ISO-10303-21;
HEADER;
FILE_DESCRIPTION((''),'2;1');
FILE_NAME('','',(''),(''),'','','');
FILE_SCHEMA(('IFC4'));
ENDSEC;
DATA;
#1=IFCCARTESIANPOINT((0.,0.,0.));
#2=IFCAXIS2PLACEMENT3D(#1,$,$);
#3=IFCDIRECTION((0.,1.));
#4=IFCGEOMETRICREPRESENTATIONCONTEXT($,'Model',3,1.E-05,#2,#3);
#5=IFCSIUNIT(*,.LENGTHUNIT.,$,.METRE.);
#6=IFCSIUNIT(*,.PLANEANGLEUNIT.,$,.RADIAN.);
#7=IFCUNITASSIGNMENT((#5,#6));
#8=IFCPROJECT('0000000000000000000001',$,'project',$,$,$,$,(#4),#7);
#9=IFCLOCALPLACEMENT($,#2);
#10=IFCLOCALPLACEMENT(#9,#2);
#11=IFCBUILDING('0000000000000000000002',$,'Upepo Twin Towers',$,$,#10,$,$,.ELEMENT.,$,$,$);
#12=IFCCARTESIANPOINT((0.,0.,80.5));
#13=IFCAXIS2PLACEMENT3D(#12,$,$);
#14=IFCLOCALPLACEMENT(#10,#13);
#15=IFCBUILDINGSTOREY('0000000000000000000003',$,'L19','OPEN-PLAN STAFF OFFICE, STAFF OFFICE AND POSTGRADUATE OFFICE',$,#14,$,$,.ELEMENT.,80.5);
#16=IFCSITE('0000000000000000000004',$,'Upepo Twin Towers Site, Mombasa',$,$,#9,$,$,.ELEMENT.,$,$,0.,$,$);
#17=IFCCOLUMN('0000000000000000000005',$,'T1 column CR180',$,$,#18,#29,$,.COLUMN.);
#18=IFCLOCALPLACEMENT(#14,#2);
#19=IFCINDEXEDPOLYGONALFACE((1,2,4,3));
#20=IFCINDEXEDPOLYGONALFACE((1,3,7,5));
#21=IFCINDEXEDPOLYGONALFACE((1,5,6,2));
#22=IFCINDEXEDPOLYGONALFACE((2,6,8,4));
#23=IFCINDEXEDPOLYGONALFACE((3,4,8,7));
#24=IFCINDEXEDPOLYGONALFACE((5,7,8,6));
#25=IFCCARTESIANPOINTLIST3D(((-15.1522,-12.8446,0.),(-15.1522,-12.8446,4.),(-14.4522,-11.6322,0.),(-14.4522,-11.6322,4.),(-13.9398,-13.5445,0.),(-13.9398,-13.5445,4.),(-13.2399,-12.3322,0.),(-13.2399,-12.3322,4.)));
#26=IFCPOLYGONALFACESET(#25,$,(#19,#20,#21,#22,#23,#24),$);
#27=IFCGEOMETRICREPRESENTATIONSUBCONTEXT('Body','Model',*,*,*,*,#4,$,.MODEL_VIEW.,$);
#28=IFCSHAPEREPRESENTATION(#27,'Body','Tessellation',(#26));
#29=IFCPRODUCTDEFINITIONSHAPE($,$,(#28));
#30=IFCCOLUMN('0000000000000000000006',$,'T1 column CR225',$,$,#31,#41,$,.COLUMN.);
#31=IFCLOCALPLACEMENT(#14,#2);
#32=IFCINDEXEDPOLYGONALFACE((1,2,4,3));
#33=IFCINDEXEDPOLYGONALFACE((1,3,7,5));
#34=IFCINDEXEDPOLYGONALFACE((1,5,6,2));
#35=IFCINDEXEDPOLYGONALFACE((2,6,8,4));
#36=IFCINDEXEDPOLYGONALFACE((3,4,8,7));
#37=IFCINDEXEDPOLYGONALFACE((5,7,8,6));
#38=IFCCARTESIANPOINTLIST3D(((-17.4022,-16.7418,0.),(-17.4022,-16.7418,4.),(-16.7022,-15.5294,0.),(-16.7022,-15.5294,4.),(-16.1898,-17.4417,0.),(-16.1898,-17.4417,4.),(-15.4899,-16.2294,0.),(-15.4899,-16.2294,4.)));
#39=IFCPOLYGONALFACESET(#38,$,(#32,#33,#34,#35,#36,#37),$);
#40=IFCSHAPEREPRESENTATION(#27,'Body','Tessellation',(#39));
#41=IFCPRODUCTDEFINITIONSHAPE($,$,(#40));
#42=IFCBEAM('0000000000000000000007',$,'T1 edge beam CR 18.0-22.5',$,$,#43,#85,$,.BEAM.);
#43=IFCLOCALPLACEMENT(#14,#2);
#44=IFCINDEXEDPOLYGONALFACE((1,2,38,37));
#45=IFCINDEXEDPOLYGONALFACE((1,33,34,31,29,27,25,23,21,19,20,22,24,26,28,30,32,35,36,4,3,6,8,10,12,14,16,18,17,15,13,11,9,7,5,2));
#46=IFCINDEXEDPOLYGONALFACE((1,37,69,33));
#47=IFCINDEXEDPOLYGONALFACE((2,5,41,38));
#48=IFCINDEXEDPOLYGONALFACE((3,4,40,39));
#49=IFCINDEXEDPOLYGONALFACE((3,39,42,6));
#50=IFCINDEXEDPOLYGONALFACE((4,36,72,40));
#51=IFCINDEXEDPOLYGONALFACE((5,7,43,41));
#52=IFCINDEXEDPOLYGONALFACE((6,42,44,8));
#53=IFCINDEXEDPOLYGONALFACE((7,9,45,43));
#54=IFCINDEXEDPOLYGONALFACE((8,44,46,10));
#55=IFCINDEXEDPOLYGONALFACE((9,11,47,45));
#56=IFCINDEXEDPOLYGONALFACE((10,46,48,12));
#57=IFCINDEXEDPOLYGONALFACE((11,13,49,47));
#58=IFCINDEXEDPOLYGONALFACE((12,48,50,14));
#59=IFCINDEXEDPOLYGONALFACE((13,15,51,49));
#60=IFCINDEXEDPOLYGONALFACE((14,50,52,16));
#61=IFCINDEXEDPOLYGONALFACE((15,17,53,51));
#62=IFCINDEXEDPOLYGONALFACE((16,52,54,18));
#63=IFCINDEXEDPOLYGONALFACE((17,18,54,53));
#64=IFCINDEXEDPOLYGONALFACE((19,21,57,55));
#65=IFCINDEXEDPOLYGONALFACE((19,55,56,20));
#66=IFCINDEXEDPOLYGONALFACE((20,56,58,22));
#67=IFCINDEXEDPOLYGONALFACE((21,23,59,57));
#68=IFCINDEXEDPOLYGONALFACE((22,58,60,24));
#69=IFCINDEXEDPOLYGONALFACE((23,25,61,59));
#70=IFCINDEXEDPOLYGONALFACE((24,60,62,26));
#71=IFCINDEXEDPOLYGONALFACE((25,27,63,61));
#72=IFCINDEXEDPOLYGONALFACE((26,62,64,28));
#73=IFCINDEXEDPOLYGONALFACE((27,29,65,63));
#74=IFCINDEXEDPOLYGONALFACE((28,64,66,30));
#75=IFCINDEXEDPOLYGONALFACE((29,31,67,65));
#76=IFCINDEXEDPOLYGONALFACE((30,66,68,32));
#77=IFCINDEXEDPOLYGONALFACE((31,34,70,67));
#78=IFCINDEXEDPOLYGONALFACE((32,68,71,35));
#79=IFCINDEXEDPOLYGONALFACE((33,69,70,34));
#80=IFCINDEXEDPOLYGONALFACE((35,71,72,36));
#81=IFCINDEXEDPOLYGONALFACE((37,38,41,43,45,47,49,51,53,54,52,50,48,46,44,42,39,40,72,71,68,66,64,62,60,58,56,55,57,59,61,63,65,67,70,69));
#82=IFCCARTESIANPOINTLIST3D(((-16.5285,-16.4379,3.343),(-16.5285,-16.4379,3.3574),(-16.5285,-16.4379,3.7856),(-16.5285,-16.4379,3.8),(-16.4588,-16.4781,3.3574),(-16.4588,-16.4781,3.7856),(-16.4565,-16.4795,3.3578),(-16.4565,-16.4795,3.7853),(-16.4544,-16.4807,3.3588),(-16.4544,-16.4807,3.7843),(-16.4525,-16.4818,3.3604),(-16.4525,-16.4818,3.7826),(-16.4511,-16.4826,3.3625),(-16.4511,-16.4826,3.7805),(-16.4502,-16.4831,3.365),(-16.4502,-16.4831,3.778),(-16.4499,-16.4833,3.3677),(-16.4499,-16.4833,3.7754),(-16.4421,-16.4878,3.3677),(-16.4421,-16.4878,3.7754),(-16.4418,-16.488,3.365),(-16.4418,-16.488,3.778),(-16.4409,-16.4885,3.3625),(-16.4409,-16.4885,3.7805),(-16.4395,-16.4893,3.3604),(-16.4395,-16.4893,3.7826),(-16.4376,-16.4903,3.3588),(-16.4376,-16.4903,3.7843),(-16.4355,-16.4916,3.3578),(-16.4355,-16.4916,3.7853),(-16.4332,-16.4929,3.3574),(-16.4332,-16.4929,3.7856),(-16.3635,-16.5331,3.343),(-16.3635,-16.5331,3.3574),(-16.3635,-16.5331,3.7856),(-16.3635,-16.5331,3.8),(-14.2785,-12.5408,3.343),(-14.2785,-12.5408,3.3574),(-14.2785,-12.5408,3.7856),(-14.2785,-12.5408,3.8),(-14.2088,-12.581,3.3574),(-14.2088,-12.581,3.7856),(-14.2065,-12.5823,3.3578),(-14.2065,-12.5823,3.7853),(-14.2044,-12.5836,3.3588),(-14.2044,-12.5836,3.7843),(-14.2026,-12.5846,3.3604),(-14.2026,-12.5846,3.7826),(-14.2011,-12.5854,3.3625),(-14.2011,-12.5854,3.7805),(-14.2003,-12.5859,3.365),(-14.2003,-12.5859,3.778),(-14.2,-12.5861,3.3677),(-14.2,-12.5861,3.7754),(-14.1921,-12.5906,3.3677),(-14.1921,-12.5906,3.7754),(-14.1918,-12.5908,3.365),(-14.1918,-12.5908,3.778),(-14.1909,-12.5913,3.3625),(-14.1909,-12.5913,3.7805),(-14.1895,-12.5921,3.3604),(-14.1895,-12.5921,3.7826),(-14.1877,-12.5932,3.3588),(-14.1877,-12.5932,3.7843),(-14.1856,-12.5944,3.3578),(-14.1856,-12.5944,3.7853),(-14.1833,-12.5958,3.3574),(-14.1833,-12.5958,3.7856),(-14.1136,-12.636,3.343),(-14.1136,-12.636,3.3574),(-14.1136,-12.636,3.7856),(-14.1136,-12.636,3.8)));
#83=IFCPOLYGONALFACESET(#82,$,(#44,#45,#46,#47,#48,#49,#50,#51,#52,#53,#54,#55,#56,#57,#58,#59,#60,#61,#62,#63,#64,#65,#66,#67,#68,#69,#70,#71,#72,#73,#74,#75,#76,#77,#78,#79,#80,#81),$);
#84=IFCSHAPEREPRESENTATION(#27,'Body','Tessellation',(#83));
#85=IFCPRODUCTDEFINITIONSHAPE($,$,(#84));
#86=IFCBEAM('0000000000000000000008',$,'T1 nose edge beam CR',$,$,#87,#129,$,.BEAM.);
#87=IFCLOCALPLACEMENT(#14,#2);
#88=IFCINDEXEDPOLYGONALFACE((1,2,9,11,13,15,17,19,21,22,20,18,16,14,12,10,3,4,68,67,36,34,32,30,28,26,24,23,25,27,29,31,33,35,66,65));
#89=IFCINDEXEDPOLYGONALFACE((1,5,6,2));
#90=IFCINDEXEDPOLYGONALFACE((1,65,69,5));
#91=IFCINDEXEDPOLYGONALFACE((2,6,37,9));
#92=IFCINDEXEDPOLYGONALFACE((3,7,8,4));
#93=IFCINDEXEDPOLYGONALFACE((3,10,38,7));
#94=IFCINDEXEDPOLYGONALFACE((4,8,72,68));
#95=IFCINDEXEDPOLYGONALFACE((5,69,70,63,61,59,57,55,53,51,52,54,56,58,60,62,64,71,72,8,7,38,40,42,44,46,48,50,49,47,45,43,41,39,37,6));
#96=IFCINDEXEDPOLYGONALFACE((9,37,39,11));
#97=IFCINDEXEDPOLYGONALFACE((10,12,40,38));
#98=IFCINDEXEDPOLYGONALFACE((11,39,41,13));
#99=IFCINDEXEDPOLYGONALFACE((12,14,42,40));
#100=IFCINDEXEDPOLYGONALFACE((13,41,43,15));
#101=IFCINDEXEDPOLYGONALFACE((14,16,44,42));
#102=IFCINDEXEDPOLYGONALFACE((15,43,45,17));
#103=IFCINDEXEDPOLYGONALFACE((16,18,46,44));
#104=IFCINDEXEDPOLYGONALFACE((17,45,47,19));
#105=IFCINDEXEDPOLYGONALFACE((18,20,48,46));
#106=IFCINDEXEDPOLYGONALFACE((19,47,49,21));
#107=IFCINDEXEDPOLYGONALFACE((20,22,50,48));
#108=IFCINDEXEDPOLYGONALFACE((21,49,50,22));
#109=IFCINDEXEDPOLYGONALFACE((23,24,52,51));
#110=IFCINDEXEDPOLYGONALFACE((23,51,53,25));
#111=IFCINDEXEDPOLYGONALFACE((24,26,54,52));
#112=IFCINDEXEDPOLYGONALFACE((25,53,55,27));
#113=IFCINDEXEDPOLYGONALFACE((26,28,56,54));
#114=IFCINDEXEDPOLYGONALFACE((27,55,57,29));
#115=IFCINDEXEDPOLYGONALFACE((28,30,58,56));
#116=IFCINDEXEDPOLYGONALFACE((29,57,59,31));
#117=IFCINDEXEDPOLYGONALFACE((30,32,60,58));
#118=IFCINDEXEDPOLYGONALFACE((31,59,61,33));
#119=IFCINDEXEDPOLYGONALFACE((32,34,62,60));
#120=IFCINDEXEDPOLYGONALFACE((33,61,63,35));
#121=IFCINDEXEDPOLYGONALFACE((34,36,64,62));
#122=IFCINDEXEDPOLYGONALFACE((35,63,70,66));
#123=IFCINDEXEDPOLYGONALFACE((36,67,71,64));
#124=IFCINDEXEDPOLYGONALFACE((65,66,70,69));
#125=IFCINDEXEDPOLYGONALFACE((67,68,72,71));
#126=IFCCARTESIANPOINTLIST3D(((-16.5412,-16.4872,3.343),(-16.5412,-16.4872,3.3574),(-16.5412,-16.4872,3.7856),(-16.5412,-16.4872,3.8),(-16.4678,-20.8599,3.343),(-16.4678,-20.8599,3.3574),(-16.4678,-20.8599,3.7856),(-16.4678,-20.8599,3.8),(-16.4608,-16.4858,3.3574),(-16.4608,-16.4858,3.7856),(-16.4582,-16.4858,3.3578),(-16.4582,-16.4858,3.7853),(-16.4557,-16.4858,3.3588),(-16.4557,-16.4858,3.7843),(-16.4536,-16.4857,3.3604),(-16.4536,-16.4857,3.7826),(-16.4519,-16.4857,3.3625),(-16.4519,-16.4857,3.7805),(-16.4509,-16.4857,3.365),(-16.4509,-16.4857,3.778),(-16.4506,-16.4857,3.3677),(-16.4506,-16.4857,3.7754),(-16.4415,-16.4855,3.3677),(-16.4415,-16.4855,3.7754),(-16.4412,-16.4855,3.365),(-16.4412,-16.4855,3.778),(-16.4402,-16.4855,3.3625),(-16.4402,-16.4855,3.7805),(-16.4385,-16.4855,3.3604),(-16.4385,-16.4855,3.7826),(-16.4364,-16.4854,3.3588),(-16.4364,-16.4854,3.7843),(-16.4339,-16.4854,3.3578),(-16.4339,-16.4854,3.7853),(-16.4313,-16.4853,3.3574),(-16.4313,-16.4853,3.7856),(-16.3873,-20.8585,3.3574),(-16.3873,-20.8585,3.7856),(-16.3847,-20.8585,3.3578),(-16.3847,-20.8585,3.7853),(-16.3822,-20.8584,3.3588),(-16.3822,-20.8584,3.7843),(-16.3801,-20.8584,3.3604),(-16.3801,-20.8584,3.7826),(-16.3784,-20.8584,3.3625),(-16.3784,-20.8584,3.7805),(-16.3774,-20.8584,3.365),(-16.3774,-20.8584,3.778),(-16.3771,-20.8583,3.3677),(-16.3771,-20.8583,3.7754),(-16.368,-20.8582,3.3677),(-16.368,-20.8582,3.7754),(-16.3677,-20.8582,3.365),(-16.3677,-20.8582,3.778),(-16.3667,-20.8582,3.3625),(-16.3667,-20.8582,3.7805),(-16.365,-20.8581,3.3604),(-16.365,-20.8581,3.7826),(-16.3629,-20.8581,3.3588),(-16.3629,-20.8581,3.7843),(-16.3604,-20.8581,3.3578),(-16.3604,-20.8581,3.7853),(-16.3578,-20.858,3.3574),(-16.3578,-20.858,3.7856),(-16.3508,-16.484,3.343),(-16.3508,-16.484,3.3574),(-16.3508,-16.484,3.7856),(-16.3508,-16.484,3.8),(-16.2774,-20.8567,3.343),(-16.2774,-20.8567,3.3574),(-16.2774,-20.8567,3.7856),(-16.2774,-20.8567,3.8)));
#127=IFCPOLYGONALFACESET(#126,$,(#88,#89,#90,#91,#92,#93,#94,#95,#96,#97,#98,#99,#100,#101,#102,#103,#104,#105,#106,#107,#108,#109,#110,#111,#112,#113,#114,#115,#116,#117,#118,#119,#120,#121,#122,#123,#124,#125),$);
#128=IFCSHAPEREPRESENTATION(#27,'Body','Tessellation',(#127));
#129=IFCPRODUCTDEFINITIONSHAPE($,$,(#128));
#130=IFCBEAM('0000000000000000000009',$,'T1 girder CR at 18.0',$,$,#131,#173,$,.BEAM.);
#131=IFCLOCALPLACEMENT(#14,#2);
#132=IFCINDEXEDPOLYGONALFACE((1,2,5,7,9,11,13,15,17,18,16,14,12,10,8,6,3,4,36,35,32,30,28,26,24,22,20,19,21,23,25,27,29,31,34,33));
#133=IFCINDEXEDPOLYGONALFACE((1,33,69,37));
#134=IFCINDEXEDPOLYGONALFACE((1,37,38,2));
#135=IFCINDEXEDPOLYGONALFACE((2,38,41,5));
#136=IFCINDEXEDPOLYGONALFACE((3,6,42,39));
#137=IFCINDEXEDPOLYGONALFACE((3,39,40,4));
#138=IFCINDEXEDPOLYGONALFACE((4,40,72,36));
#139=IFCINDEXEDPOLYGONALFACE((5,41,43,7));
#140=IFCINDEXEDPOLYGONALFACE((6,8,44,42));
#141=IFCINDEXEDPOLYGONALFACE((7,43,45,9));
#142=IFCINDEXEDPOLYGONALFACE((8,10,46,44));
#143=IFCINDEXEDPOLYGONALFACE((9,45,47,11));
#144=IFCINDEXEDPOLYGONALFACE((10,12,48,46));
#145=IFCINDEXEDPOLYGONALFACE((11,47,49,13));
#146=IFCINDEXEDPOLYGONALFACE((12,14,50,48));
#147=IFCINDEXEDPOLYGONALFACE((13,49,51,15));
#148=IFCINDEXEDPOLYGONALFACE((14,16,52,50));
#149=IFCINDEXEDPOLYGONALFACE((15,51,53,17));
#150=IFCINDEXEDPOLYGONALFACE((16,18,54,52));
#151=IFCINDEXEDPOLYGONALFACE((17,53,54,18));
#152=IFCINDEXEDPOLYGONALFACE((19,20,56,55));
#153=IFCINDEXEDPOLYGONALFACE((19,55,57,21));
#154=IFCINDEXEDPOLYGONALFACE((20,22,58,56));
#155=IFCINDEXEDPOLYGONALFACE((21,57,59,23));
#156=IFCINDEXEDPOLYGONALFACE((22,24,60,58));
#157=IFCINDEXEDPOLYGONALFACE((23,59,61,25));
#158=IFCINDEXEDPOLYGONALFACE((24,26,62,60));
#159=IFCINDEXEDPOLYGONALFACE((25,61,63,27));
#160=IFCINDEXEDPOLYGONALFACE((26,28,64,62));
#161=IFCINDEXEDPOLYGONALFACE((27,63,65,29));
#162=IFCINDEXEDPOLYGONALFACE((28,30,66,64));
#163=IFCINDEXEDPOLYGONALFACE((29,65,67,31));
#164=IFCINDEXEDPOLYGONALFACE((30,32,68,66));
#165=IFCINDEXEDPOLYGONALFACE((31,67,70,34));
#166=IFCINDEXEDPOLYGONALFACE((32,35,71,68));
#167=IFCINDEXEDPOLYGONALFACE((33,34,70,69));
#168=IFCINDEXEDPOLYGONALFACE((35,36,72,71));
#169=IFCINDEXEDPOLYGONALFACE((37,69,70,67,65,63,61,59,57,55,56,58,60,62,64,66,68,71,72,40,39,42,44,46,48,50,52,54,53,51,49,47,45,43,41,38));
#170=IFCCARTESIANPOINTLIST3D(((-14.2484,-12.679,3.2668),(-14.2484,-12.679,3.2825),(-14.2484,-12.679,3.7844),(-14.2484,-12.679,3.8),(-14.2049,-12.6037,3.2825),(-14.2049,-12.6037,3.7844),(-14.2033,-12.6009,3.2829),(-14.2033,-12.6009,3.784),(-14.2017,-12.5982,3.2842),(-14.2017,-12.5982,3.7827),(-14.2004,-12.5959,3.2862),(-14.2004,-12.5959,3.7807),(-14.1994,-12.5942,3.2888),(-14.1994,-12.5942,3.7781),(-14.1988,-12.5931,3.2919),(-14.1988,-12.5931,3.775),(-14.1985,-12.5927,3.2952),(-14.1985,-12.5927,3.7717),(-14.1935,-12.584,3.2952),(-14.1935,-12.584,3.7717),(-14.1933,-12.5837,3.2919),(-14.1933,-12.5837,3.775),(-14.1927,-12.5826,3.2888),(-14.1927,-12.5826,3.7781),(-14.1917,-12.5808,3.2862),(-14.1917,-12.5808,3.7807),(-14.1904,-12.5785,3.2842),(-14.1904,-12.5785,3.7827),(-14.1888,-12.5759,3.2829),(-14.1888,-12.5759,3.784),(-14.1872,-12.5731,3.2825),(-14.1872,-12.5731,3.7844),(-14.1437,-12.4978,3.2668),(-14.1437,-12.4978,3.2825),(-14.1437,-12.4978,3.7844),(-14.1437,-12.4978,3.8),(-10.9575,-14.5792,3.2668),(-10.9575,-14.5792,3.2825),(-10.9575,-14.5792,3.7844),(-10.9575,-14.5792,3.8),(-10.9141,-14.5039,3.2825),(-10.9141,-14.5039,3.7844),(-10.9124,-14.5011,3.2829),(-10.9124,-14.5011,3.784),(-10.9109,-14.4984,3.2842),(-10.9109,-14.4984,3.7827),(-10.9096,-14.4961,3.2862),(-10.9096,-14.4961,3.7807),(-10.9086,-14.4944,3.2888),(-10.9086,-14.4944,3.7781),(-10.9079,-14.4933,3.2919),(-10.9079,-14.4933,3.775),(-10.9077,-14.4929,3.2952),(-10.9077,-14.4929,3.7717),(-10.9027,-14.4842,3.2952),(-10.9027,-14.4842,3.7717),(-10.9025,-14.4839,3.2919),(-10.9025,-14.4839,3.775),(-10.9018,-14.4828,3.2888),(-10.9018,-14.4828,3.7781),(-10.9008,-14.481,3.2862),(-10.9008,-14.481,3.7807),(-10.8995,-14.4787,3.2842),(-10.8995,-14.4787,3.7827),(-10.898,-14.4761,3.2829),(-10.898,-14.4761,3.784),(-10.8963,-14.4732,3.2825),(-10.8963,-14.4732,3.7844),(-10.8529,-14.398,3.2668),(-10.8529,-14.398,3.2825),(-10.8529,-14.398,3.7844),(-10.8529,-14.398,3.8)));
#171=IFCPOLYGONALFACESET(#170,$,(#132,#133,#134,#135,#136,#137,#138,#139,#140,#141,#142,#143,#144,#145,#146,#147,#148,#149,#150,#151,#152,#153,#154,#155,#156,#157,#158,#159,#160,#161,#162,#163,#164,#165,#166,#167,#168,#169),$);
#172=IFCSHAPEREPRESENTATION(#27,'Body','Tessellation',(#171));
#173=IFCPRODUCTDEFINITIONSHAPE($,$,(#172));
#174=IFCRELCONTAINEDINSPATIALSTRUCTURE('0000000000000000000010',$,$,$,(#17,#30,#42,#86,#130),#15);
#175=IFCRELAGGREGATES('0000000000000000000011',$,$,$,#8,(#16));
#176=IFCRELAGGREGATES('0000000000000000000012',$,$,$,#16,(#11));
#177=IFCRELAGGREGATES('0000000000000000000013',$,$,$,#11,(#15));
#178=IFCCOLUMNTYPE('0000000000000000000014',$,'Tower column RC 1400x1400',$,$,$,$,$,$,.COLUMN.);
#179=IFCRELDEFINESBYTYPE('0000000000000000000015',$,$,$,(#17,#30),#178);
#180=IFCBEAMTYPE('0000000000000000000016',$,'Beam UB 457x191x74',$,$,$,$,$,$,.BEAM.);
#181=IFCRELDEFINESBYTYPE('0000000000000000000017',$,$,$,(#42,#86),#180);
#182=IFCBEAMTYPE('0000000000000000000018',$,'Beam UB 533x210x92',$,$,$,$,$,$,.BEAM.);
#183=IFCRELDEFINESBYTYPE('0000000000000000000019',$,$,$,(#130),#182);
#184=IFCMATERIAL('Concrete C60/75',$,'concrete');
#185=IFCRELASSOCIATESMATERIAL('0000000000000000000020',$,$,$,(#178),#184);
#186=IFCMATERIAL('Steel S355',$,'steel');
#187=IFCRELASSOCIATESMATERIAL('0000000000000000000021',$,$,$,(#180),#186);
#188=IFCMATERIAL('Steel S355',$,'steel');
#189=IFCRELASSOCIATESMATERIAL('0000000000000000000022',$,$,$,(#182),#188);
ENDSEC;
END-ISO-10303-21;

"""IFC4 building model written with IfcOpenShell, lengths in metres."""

from ifc_helpers import new_model, si_unit, direction, frame, origin, origin_2d, place, context, subcontext, project, spatial, rectangle, i_section, extrude, material, material_profile, profile_set, type_object, element, save


model = new_model("IFC4")

# Units and contexts
model_context = context("Model", 3, precision=1e-05, world=origin(), true_north=direction((0.0, 1.0)))
body_context = subcontext(model_context, "Body", "Model", "MODEL_VIEW")
ifc_project = project(units=[si_unit("LENGTHUNIT", "METRE"), si_unit("PLANEANGLEUNIT", "RADIAN")], contexts=[model_context])

# Site, building, storey
site_placement = place(None, origin())
site = spatial("IfcSite", under=ifc_project, at=site_placement, Name="Upepo Twin Towers Site, Mombasa", CompositionType="ELEMENT", RefElevation=0.0)
building_placement = place(site_placement, origin())
building = spatial("IfcBuilding", under=site, at=building_placement, Name="Upepo Twin Towers", CompositionType="ELEMENT")
storey_placement = place(building_placement, frame((0.0, 0.0, 80.5)))
storey = spatial("IfcBuildingStorey", under=building, at=storey_placement, Name="L19", Description="OPEN-PLAN STAFF OFFICE, STAFF OFFICE AND POSTGRADUATE OFFICE", CompositionType="ELEMENT", Elevation=80.5)

# Columns
ifc_material_1 = material(Name="Concrete C60/75", Category="concrete")
ifc_material_profile_1 = material_profile(ifc_material_1, rectangle(XDim=1.3999, YDim=1.3999, at=origin_2d()), Name="RC 1400x1400")
ifc_profile_set_1 = profile_set([ifc_material_profile_1], Name="Concrete C60/75")
column_type = type_object("IfcColumnType", Name="Tower column RC 1400x1400", PredefinedType="COLUMN", material=ifc_profile_set_1)
for number, where, z_axis, x_axis, name in (
    (1, (-14.196, -12.5884, 0.0), (0.0, 0.0, 1.0), (0.5, 0.866025, 0.0), "T1 column CR180"),
    (2, (-16.446, -16.4856, 0.0), (0.0, 0.0, 1.0), (0.5, 0.866025, 0.0), "T1 column CR225"),
):
    element("IfcColumn", number, at=place(storey_placement, frame(where, z_axis=z_axis, x_axis=x_axis)), inside=storey, type_object=column_type, Name=name, PredefinedType="COLUMN", context=body_context, shape_type="SweptSolid", body=[
        extrude(rectangle(XDim=1.3999, YDim=1.3999, at=origin_2d()), origin(), (0.0, 0.0, 1.0), 4.0),
    ])

# Beams
ifc_material_2 = material(Name="Steel S355", Category="steel")
ifc_material_profile_2 = material_profile(ifc_material_2, i_section(OverallWidth=0.1904, OverallDepth=0.457, WebThickness=0.009, FlangeThickness=0.0144, FilletRadius=0.0103, at=origin_2d()), Name="UB 457x191x74")
ifc_profile_set_2 = profile_set([ifc_material_profile_2], Name="Steel S355")
beam_type_1 = type_object("IfcBeamType", Name="Beam UB 457x191x74", PredefinedType="BEAM", material=ifc_profile_set_2)
beam_1_placement = place(storey_placement, frame((-14.196, -12.5884, 3.5715), z_axis=(-0.49999, -0.866031, 0.0), x_axis=(0.866031, -0.49999, 0.0)))
element("IfcBeam", 3, at=beam_1_placement, inside=storey, type_object=beam_type_1, Name="T1 edge beam CR 18.0-22.5", PredefinedType="BEAM", context=body_context, shape_type="SweptSolid", body=[
    extrude(i_section(OverallWidth=0.1904, OverallDepth=0.457, WebThickness=0.009, FlangeThickness=0.0144, FilletRadius=0.0103, at=origin_2d()), origin(), (0.0, 0.0, 1.0), 4.5),
])
beam_2_placement = place(storey_placement, frame((-16.446, -16.4856, 3.5715), z_axis=(0.016804, -0.999859, 0.0), x_axis=(0.999859, 0.016804, 0.0)))
element("IfcBeam", 4, at=beam_2_placement, inside=storey, type_object=beam_type_1, Name="T1 nose edge beam CR", PredefinedType="BEAM", context=body_context, shape_type="SweptSolid", body=[
    extrude(i_section(OverallWidth=0.1904, OverallDepth=0.457, WebThickness=0.009, FlangeThickness=0.0144, FilletRadius=0.0103, at=origin_2d()), origin(), (0.0, 0.0, 1.0), 4.3733),
])
ifc_material_3 = material(Name="Steel S355", Category="steel")
ifc_material_profile_3 = material_profile(ifc_material_3, i_section(OverallWidth=0.2092, OverallDepth=0.5332, WebThickness=0.01, FlangeThickness=0.0156, FilletRadius=0.0127, at=origin_2d()), Name="UB 533x210x92")
ifc_profile_set_3 = profile_set([ifc_material_profile_3], Name="Steel S355")
beam_type_2 = type_object("IfcBeamType", Name="Beam UB 533x210x92", PredefinedType="BEAM", material=ifc_profile_set_3)
beam_3_placement = place(storey_placement, frame((-14.196, -12.5884, 3.5334), z_axis=(0.866, -0.500043, 0.0), x_axis=(0.500043, 0.866, 0.0)))
element("IfcBeam", 5, at=beam_3_placement, inside=storey, type_object=beam_type_2, Name="T1 girder CR at 18.0", PredefinedType="BEAM", context=body_context, shape_type="SweptSolid", body=[
    extrude(i_section(OverallWidth=0.2092, OverallDepth=0.5332, WebThickness=0.01, FlangeThickness=0.0156, FilletRadius=0.0127, at=origin_2d()), origin(), (0.0, 0.0, 1.0), 3.8),
])

save(model, "model.ifc")
